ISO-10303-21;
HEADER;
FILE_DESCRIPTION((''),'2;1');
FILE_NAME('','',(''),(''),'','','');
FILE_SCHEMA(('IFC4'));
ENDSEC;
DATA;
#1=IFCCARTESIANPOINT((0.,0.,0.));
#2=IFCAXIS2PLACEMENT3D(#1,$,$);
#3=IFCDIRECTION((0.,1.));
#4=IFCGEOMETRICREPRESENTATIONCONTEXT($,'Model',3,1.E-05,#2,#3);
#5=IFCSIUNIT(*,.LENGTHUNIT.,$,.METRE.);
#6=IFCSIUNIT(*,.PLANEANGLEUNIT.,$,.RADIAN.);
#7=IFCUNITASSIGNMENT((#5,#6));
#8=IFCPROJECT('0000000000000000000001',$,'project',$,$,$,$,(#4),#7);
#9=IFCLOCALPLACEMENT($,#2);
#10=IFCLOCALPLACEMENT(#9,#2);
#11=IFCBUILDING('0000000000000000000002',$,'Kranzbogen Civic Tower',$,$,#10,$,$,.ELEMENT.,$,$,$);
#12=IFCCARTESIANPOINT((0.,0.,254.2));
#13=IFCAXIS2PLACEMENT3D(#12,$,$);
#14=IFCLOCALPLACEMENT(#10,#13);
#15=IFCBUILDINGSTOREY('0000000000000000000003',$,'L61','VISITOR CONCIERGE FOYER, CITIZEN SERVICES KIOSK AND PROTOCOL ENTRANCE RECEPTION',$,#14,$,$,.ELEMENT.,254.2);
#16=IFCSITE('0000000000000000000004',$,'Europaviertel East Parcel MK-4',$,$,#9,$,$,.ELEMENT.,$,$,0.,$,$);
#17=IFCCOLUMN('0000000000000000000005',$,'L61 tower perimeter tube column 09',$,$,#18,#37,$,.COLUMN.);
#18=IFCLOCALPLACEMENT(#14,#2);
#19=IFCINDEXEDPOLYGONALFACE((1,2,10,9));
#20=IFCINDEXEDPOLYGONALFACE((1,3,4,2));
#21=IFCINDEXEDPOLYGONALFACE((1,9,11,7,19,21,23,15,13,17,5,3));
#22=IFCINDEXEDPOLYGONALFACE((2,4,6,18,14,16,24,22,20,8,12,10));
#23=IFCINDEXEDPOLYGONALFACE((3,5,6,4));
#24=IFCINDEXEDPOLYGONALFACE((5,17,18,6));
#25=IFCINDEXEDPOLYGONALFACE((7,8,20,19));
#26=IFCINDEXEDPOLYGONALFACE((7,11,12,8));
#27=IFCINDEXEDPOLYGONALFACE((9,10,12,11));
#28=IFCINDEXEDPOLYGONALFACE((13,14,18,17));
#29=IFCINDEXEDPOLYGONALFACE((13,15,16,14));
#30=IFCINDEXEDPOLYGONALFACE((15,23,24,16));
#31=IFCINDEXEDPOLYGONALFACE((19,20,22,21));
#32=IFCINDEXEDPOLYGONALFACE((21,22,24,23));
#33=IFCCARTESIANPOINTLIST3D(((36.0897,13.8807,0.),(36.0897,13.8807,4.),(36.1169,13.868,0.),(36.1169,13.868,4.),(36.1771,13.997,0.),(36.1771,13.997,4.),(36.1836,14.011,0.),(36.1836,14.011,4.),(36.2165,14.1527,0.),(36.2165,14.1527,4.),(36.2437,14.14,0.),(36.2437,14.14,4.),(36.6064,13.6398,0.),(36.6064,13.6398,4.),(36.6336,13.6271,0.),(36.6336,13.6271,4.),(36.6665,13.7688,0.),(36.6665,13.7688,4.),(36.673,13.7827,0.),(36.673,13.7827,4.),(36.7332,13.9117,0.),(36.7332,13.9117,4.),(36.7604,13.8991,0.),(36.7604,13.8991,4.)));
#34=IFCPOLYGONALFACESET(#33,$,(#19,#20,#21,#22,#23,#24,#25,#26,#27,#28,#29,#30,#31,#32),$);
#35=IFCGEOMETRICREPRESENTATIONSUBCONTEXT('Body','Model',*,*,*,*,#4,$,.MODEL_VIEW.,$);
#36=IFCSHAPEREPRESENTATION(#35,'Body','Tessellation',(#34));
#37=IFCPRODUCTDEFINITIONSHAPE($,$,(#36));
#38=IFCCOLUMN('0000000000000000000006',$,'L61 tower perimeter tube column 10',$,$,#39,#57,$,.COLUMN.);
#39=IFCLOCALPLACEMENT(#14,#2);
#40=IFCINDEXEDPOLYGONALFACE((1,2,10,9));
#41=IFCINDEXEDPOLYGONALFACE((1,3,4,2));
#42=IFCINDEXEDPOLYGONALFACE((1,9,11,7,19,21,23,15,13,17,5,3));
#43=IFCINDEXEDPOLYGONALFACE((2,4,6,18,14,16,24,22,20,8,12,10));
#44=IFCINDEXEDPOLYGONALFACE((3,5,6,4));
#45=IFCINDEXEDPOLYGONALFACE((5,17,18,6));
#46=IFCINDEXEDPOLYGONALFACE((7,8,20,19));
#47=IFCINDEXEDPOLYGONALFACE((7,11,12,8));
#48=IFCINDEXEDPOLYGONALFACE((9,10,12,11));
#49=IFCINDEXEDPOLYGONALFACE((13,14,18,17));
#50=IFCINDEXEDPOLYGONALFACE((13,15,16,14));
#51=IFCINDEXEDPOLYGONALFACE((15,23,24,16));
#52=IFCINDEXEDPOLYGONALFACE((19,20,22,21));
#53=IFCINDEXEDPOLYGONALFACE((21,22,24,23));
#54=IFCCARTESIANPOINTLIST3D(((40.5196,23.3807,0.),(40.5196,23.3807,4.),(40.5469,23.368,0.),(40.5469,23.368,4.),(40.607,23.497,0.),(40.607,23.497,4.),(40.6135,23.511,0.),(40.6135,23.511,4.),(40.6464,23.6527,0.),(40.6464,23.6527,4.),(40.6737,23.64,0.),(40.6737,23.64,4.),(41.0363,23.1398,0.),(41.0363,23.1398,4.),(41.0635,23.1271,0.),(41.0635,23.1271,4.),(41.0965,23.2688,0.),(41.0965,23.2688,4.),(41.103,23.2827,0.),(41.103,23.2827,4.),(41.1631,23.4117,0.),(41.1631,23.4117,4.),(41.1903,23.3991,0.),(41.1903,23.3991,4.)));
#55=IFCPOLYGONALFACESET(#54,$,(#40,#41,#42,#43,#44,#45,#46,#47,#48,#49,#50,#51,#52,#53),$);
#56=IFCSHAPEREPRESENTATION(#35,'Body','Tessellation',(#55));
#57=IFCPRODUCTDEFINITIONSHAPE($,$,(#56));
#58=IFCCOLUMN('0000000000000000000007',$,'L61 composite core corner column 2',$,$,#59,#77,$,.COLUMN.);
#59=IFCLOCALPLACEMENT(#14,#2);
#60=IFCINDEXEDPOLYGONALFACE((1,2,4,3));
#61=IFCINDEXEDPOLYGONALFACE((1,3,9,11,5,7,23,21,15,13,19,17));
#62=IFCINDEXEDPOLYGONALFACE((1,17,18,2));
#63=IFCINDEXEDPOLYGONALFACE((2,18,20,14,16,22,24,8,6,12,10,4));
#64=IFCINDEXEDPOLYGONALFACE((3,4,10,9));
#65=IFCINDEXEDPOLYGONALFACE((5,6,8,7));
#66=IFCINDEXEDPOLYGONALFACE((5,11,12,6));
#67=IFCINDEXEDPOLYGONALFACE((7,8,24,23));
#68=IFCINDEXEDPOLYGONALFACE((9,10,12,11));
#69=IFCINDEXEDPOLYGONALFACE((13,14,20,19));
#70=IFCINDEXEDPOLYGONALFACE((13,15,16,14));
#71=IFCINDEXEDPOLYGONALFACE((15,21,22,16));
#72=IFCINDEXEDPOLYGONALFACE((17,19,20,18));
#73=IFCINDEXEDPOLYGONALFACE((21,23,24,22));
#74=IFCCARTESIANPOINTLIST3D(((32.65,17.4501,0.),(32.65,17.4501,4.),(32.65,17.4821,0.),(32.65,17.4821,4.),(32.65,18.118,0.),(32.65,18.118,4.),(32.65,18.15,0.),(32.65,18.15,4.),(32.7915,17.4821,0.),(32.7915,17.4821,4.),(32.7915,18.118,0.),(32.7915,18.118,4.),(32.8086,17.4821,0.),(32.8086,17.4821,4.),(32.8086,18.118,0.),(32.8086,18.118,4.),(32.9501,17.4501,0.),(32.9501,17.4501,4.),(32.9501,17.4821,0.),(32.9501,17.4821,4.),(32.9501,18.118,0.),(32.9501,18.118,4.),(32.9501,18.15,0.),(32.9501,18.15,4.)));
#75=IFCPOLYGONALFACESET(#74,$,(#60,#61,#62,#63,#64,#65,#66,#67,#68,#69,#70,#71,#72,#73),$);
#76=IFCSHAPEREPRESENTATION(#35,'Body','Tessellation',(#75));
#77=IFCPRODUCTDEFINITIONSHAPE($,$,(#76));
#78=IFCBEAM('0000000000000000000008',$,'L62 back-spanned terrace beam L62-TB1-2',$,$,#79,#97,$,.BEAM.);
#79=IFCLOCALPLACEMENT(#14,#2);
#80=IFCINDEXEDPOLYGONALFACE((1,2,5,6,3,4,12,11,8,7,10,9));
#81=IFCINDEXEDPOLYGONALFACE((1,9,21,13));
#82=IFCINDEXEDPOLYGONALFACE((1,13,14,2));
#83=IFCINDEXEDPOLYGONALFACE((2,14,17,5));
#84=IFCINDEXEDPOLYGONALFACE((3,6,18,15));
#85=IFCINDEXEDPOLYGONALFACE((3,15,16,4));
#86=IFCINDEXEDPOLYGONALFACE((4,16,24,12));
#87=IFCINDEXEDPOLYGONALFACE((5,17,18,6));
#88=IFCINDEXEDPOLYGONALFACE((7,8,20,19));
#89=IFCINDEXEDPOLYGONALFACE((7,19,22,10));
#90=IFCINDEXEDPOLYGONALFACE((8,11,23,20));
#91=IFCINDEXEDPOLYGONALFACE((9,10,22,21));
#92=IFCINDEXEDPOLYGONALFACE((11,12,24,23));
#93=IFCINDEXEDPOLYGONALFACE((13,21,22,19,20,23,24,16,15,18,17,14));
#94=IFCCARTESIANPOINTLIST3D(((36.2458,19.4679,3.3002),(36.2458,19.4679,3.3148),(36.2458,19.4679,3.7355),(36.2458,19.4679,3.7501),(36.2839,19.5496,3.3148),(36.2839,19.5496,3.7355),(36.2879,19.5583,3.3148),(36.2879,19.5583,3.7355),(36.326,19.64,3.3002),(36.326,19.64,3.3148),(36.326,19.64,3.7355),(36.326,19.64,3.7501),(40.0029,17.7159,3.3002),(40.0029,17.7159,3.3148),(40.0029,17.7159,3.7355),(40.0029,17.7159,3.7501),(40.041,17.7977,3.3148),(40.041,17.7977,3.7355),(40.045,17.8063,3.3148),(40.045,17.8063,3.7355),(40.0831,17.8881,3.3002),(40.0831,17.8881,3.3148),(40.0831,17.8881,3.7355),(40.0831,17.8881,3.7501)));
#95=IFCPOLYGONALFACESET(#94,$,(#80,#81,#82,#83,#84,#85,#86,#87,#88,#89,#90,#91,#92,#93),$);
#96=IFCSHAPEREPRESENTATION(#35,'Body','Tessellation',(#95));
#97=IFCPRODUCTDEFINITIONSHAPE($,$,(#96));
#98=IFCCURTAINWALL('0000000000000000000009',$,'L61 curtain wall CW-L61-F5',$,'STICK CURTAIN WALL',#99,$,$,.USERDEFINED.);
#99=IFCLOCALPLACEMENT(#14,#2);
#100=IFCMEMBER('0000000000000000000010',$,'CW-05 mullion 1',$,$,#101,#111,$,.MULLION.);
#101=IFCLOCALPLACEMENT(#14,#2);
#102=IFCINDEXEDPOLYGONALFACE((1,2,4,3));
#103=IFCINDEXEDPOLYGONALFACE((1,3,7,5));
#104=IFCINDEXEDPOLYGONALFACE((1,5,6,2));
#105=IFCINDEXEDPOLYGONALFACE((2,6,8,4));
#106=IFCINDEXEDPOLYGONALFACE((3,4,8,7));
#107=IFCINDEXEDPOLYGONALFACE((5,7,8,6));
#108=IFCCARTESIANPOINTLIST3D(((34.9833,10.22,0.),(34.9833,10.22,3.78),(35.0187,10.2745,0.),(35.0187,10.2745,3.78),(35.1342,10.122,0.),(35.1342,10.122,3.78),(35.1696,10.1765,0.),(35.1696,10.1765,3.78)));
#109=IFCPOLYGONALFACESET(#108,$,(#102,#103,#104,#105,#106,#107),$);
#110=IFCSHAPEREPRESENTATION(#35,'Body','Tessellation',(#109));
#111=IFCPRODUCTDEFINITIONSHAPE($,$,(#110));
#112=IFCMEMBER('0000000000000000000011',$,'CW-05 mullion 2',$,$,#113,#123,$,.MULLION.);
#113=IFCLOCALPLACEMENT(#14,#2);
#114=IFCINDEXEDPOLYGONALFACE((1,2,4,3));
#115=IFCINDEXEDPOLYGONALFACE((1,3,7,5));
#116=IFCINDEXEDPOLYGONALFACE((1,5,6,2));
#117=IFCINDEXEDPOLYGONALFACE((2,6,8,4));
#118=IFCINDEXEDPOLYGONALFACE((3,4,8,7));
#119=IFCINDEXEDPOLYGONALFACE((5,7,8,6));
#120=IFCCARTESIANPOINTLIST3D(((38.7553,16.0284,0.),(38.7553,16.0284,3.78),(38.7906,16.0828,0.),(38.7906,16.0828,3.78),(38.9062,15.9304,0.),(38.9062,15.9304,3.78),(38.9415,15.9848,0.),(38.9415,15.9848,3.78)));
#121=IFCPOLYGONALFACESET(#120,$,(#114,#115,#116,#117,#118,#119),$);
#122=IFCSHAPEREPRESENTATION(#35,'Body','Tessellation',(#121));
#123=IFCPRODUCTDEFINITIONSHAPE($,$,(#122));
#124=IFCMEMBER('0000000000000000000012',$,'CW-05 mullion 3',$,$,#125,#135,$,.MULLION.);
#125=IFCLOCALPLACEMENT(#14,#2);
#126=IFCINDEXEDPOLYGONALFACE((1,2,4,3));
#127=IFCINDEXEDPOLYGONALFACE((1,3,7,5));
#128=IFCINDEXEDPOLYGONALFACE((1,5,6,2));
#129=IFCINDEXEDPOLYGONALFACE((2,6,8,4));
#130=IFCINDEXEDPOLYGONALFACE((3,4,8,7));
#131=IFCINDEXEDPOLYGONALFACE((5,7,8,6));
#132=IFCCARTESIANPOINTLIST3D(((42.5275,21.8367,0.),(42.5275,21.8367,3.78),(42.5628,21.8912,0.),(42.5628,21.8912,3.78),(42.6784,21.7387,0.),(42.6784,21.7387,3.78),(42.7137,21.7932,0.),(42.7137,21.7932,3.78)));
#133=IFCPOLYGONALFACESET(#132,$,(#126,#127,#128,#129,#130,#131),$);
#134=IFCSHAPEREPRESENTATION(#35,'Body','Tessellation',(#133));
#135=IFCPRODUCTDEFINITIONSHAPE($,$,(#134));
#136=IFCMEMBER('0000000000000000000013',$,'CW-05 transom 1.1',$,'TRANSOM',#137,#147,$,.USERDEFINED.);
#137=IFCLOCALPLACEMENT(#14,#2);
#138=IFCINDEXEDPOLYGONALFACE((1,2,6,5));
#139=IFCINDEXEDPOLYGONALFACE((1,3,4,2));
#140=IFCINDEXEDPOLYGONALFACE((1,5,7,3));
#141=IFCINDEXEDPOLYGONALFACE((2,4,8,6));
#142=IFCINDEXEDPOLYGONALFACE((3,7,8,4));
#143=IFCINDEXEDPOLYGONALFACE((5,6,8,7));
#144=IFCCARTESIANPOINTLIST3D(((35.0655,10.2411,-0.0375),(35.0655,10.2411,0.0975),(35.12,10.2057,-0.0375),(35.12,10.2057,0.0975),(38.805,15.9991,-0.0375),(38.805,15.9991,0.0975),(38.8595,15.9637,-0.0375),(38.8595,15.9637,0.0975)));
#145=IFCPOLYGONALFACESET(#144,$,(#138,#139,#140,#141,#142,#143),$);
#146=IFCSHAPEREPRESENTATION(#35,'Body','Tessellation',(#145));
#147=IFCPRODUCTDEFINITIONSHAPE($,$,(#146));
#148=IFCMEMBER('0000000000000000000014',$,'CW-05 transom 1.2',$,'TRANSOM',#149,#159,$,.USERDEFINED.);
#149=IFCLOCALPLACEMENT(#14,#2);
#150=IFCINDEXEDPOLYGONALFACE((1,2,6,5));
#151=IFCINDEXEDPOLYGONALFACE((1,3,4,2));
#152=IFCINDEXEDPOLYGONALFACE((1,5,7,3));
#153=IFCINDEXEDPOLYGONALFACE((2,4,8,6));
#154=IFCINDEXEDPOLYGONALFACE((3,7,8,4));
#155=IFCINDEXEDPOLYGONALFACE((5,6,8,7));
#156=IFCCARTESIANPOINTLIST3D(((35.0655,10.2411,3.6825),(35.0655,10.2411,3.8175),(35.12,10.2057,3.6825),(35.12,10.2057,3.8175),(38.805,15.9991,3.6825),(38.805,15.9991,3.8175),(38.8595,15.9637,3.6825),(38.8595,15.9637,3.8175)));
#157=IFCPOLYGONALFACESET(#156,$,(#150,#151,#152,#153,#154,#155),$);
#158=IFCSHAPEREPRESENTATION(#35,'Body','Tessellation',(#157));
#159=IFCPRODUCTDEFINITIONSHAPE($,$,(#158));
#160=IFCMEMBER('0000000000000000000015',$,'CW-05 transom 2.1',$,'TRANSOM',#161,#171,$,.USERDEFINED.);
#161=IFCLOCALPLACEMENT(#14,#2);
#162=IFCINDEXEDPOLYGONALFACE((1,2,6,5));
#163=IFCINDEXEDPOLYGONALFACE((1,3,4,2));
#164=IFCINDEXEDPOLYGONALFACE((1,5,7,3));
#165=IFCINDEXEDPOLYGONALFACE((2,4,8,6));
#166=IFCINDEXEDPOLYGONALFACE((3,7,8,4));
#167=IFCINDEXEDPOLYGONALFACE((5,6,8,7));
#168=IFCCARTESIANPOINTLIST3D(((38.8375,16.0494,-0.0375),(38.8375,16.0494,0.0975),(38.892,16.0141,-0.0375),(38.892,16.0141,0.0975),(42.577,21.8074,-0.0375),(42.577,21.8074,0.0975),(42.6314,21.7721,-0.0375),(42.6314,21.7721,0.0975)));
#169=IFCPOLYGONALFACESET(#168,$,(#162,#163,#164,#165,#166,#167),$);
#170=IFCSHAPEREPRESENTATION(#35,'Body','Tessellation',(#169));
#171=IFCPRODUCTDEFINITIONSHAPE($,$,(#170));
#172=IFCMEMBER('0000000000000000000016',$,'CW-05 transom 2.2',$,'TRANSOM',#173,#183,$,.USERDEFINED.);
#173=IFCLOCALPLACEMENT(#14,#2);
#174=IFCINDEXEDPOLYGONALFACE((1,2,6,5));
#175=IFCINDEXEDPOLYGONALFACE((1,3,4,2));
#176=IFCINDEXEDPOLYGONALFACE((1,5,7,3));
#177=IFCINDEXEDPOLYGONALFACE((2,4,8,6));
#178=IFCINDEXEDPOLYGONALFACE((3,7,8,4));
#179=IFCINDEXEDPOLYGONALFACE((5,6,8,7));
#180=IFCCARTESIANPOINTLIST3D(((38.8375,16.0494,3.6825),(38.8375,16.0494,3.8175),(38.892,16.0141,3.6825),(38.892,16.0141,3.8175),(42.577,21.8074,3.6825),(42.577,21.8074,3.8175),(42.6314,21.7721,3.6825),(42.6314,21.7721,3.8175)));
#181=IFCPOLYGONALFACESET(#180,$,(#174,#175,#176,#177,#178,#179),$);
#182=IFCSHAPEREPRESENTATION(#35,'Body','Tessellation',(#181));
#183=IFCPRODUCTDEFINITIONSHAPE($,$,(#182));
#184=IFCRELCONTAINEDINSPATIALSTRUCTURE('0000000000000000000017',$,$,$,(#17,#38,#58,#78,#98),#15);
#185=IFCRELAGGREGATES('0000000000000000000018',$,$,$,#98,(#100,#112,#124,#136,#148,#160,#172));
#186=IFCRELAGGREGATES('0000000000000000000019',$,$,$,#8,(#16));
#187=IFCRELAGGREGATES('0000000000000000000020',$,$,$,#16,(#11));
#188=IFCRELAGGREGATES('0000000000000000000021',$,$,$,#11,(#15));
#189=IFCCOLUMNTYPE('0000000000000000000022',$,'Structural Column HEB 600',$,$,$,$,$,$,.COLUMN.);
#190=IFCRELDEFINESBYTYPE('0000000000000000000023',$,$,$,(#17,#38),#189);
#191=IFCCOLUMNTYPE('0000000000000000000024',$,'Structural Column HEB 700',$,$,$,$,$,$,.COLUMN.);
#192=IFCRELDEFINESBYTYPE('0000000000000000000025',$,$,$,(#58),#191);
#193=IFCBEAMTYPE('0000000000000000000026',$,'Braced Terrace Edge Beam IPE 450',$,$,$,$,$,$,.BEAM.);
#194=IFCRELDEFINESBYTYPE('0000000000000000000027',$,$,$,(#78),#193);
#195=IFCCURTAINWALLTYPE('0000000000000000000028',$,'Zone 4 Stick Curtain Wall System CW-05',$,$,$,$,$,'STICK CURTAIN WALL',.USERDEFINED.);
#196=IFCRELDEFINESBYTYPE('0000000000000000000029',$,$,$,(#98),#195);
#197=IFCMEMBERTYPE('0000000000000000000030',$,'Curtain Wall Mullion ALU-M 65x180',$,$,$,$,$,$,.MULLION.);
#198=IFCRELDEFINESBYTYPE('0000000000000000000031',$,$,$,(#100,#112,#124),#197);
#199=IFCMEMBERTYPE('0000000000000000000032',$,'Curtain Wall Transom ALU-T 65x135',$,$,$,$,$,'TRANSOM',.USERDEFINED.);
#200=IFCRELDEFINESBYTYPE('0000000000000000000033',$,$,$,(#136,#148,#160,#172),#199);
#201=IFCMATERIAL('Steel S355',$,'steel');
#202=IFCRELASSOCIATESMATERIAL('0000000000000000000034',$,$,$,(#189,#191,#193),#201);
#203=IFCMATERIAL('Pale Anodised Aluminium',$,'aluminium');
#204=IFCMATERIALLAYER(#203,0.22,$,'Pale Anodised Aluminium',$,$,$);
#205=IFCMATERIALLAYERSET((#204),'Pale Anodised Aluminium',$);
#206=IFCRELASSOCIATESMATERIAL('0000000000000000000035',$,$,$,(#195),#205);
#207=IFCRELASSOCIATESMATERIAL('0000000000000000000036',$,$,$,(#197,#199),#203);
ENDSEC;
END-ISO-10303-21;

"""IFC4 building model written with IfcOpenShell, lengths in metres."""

from ifc_helpers import new_model, si_unit, direction, frame, origin, origin_2d, place, context, subcontext, project, spatial, rectangle, i_section, extrude, material, layer, layer_set, material_profile, profile_set, type_object, element, aggregate, save


model = new_model("IFC4")

# Units and contexts
model_context = context("Model", 3, precision=1e-05, world=origin(), true_north=direction((0.0, 1.0)))
body_context = subcontext(model_context, "Body", "Model", "MODEL_VIEW")
ifc_project = project(units=[si_unit("LENGTHUNIT", "METRE"), si_unit("PLANEANGLEUNIT", "RADIAN")], contexts=[model_context])

# Site, building, storey
site_placement = place(None, origin())
site = spatial("IfcSite", under=ifc_project, at=site_placement, Name="Europaviertel East Parcel MK-4", CompositionType="ELEMENT", RefElevation=0.0)
building_placement = place(site_placement, origin())
building = spatial("IfcBuilding", under=site, at=building_placement, Name="Kranzbogen Civic Tower", CompositionType="ELEMENT")
storey_placement = place(building_placement, frame((0.0, 0.0, 254.2)))
storey = spatial("IfcBuildingStorey", under=building, at=storey_placement, Name="L61", Description="VISITOR CONCIERGE FOYER, CITIZEN SERVICES KIOSK AND PROTOCOL ENTRANCE RECEPTION", CompositionType="ELEMENT", Elevation=254.2)

# Columns
ifc_material_1 = material(Name="Steel S355", Category="steel")
ifc_material_profile_1 = material_profile(ifc_material_1, i_section(OverallWidth=0.3, OverallDepth=0.6001, WebThickness=0.0154, FlangeThickness=0.03, at=origin_2d()), Name="HEB 600")
ifc_profile_set_1 = profile_set([ifc_material_profile_1], Name="Steel S355")
column_type_1 = type_object("IfcColumnType", Name="Structural Column HEB 600", PredefinedType="COLUMN", material=ifc_profile_set_1)
for number, where, z_axis, x_axis, name in (
    (1, (36.425, 13.8899, 0.0), (0.0, 0.0, 1.0), (0.422618, 0.906308, 0.0), "L61 tower perimeter tube column 09"),
    (2, (40.855, 23.3899, 0.0), (0.0, 0.0, 1.0), (0.422618, 0.906308, 0.0), "L61 tower perimeter tube column 10"),
):
    element("IfcColumn", number, at=place(storey_placement, frame(where, z_axis=z_axis, x_axis=x_axis)), inside=storey, type_object=column_type_1, Name=name, PredefinedType="COLUMN", context=body_context, shape_type="SweptSolid", body=[
        extrude(i_section(OverallWidth=0.3, OverallDepth=0.6001, WebThickness=0.0154, FlangeThickness=0.03, at=origin_2d()), origin(), (0.0, 0.0, 1.0), 4.0),
    ])
ifc_material_profile_2 = material_profile(ifc_material_1, i_section(OverallWidth=0.3, OverallDepth=0.7, WebThickness=0.0171, FlangeThickness=0.032, at=origin_2d()), Name="HEB 700")
ifc_profile_set_2 = profile_set([ifc_material_profile_2], Name="Steel S355")
column_type_2 = type_object("IfcColumnType", Name="Structural Column HEB 700", PredefinedType="COLUMN", material=ifc_profile_set_2)
column_placement = place(storey_placement, frame((32.8, 17.8, 0.0), z_axis=(0.0, 0.0, 1.0), x_axis=(1.0, 0.0, 0.0)))
element("IfcColumn", 3, at=column_placement, inside=storey, type_object=column_type_2, Name="L61 composite core corner column 2", PredefinedType="COLUMN", context=body_context, shape_type="SweptSolid", body=[
    extrude(i_section(OverallWidth=0.3, OverallDepth=0.7, WebThickness=0.0171, FlangeThickness=0.032, at=origin_2d()), origin(), (0.0, 0.0, 1.0), 4.0),
])

# Beam
ifc_material_profile_3 = material_profile(ifc_material_1, i_section(OverallWidth=0.1899, OverallDepth=0.45, WebThickness=0.0095, FlangeThickness=0.0146, at=origin_2d()), Name="IPE 450")
ifc_profile_set_3 = profile_set([ifc_material_profile_3], Name="Steel S355")
beam_type_1 = type_object("IfcBeamType", Name="Braced Terrace Edge Beam IPE 450", PredefinedType="BEAM", material=ifc_profile_set_3)
beam_1_placement = place(storey_placement, frame((36.2859, 19.554, 3.5251), z_axis=(0.906308, -0.422618, 0.0), x_axis=(0.422618, 0.906308, 0.0)))
element("IfcBeam", 4, at=beam_1_placement, inside=storey, type_object=beam_type_1, Name="L62 back-spanned terrace beam L62-TB1-2", PredefinedType="BEAM", context=body_context, shape_type="SweptSolid", body=[
    extrude(i_section(OverallWidth=0.1899, OverallDepth=0.45, WebThickness=0.0095, FlangeThickness=0.0146, at=origin_2d()), origin(), (0.0, 0.0, 1.0), 4.1455),
])

# Curtain wall, members
ifc_material_2 = material(Name="Pale Anodised Aluminium", Category="aluminium")
ifc_layer_1 = layer(ifc_material_2, 0.22, Name="Pale Anodised Aluminium")
ifc_layer_set_1 = layer_set([ifc_layer_1], Name="Pale Anodised Aluminium")
curtain_wall_type = type_object("IfcCurtainWallType", Name="Zone 4 Stick Curtain Wall System CW-05", ElementType="STICK CURTAIN WALL", PredefinedType="USERDEFINED", material=ifc_layer_set_1)
curtain_wall_placement = place(storey_placement, origin())
curtain_wall = element("IfcCurtainWall", 5, at=curtain_wall_placement, inside=storey, type_object=curtain_wall_type, Name="L61 curtain wall CW-L61-F5", ObjectType="STICK CURTAIN WALL", PredefinedType="USERDEFINED")
ifc_material_profile_4 = material_profile(ifc_material_2, rectangle(XDim=0.0649, YDim=0.1799, at=origin_2d()), Name="ALU-M 65x180")
ifc_profile_set_4 = profile_set([ifc_material_profile_4], Name="Pale Anodised Aluminium")
member_type_1 = type_object("IfcMemberType", Name="Curtain Wall Mullion ALU-M 65x180", PredefinedType="MULLION", material=ifc_profile_set_4)
member_1_placement = place(storey_placement, frame((35.0764, 10.1982, 0.0), z_axis=(0.0, 0.0, 1.0), x_axis=(0.544657, 0.838659, 0.0)))
member_1 = element("IfcMember", 6, at=member_1_placement, type_object=member_type_1, Name="CW-05 mullion 1", PredefinedType="MULLION", context=body_context, shape_type="SweptSolid", body=[
    extrude(rectangle(XDim=0.0649, YDim=0.1799, at=origin_2d()), origin(), (0.0, 0.0, 1.0), 3.78),
])
member_2_placement = place(storey_placement, frame((38.8484, 16.0066, 0.0), z_axis=(0.0, 0.0, 1.0), x_axis=(0.544657, 0.838659, 0.0)))
member_2 = element("IfcMember", 7, at=member_2_placement, type_object=member_type_1, Name="CW-05 mullion 2", PredefinedType="MULLION", context=body_context, shape_type="SweptSolid", body=[
    extrude(rectangle(XDim=0.0649, YDim=0.1799, at=origin_2d()), origin(), (0.0, 0.0, 1.0), 3.78),
])
member_3_placement = place(storey_placement, frame((42.6206, 21.8149, 0.0), z_axis=(0.0, 0.0, 1.0), x_axis=(0.544657, 0.838659, 0.0)))
member_3 = element("IfcMember", 8, at=member_3_placement, type_object=member_type_1, Name="CW-05 mullion 3", PredefinedType="MULLION", context=body_context, shape_type="SweptSolid", body=[
    extrude(rectangle(XDim=0.0649, YDim=0.1799, at=origin_2d()), origin(), (0.0, 0.0, 1.0), 3.78),
])
ifc_material_profile_5 = material_profile(ifc_material_2, rectangle(XDim=0.0649, YDim=0.135, at=origin_2d()), Name="ALU-T 65x135")
ifc_profile_set_5 = profile_set([ifc_material_profile_5], Name="Pale Anodised Aluminium")
member_type_2 = type_object("IfcMemberType", Name="Curtain Wall Transom ALU-T 65x135", ElementType="TRANSOM", PredefinedType="USERDEFINED", material=ifc_profile_set_5)
member_4_placement = place(storey_placement, frame((35.0928, 10.2234, 0.03), z_axis=(0.544657, 0.838659, 0.0), x_axis=(-0.838659, 0.544657, 0.0)))
member_4 = element("IfcMember", 9, at=member_4_placement, type_object=member_type_2, Name="CW-05 transom 1.1", ObjectType="TRANSOM", PredefinedType="USERDEFINED", context=body_context, shape_type="SweptSolid", body=[
    extrude(rectangle(XDim=0.0649, YDim=0.135, at=origin_2d()), origin(), (0.0, 0.0, 1.0), 6.8657),
])
member_5_placement = place(storey_placement, frame((35.0928, 10.2234, 3.75), z_axis=(0.544657, 0.838659, 0.0), x_axis=(-0.838659, 0.544657, 0.0)))
member_5 = element("IfcMember", 10, at=member_5_placement, type_object=member_type_2, Name="CW-05 transom 1.2", ObjectType="TRANSOM", PredefinedType="USERDEFINED", context=body_context, shape_type="SweptSolid", body=[
    extrude(rectangle(XDim=0.0649, YDim=0.135, at=origin_2d()), origin(), (0.0, 0.0, 1.0), 6.8657),
])
member_6_placement = place(storey_placement, frame((38.8647, 16.0317, 0.03), z_axis=(0.544657, 0.838659, 0.0), x_axis=(-0.838659, 0.544657, 0.0)))
member_6 = element("IfcMember", 11, at=member_6_placement, type_object=member_type_2, Name="CW-05 transom 2.1", ObjectType="TRANSOM", PredefinedType="USERDEFINED", context=body_context, shape_type="SweptSolid", body=[
    extrude(rectangle(XDim=0.0649, YDim=0.135, at=origin_2d()), origin(), (0.0, 0.0, 1.0), 6.8657),
])
member_7_placement = place(storey_placement, frame((38.8647, 16.0317, 3.75), z_axis=(0.544657, 0.838659, 0.0), x_axis=(-0.838659, 0.544657, 0.0)))
member_7 = element("IfcMember", 12, at=member_7_placement, type_object=member_type_2, Name="CW-05 transom 2.2", ObjectType="TRANSOM", PredefinedType="USERDEFINED", context=body_context, shape_type="SweptSolid", body=[
    extrude(rectangle(XDim=0.0649, YDim=0.135, at=origin_2d()), origin(), (0.0, 0.0, 1.0), 6.8657),
])

aggregate(curtain_wall, [member_1, member_2, member_3, member_4, member_5, member_6, member_7])

save(model, "model.ifc")
